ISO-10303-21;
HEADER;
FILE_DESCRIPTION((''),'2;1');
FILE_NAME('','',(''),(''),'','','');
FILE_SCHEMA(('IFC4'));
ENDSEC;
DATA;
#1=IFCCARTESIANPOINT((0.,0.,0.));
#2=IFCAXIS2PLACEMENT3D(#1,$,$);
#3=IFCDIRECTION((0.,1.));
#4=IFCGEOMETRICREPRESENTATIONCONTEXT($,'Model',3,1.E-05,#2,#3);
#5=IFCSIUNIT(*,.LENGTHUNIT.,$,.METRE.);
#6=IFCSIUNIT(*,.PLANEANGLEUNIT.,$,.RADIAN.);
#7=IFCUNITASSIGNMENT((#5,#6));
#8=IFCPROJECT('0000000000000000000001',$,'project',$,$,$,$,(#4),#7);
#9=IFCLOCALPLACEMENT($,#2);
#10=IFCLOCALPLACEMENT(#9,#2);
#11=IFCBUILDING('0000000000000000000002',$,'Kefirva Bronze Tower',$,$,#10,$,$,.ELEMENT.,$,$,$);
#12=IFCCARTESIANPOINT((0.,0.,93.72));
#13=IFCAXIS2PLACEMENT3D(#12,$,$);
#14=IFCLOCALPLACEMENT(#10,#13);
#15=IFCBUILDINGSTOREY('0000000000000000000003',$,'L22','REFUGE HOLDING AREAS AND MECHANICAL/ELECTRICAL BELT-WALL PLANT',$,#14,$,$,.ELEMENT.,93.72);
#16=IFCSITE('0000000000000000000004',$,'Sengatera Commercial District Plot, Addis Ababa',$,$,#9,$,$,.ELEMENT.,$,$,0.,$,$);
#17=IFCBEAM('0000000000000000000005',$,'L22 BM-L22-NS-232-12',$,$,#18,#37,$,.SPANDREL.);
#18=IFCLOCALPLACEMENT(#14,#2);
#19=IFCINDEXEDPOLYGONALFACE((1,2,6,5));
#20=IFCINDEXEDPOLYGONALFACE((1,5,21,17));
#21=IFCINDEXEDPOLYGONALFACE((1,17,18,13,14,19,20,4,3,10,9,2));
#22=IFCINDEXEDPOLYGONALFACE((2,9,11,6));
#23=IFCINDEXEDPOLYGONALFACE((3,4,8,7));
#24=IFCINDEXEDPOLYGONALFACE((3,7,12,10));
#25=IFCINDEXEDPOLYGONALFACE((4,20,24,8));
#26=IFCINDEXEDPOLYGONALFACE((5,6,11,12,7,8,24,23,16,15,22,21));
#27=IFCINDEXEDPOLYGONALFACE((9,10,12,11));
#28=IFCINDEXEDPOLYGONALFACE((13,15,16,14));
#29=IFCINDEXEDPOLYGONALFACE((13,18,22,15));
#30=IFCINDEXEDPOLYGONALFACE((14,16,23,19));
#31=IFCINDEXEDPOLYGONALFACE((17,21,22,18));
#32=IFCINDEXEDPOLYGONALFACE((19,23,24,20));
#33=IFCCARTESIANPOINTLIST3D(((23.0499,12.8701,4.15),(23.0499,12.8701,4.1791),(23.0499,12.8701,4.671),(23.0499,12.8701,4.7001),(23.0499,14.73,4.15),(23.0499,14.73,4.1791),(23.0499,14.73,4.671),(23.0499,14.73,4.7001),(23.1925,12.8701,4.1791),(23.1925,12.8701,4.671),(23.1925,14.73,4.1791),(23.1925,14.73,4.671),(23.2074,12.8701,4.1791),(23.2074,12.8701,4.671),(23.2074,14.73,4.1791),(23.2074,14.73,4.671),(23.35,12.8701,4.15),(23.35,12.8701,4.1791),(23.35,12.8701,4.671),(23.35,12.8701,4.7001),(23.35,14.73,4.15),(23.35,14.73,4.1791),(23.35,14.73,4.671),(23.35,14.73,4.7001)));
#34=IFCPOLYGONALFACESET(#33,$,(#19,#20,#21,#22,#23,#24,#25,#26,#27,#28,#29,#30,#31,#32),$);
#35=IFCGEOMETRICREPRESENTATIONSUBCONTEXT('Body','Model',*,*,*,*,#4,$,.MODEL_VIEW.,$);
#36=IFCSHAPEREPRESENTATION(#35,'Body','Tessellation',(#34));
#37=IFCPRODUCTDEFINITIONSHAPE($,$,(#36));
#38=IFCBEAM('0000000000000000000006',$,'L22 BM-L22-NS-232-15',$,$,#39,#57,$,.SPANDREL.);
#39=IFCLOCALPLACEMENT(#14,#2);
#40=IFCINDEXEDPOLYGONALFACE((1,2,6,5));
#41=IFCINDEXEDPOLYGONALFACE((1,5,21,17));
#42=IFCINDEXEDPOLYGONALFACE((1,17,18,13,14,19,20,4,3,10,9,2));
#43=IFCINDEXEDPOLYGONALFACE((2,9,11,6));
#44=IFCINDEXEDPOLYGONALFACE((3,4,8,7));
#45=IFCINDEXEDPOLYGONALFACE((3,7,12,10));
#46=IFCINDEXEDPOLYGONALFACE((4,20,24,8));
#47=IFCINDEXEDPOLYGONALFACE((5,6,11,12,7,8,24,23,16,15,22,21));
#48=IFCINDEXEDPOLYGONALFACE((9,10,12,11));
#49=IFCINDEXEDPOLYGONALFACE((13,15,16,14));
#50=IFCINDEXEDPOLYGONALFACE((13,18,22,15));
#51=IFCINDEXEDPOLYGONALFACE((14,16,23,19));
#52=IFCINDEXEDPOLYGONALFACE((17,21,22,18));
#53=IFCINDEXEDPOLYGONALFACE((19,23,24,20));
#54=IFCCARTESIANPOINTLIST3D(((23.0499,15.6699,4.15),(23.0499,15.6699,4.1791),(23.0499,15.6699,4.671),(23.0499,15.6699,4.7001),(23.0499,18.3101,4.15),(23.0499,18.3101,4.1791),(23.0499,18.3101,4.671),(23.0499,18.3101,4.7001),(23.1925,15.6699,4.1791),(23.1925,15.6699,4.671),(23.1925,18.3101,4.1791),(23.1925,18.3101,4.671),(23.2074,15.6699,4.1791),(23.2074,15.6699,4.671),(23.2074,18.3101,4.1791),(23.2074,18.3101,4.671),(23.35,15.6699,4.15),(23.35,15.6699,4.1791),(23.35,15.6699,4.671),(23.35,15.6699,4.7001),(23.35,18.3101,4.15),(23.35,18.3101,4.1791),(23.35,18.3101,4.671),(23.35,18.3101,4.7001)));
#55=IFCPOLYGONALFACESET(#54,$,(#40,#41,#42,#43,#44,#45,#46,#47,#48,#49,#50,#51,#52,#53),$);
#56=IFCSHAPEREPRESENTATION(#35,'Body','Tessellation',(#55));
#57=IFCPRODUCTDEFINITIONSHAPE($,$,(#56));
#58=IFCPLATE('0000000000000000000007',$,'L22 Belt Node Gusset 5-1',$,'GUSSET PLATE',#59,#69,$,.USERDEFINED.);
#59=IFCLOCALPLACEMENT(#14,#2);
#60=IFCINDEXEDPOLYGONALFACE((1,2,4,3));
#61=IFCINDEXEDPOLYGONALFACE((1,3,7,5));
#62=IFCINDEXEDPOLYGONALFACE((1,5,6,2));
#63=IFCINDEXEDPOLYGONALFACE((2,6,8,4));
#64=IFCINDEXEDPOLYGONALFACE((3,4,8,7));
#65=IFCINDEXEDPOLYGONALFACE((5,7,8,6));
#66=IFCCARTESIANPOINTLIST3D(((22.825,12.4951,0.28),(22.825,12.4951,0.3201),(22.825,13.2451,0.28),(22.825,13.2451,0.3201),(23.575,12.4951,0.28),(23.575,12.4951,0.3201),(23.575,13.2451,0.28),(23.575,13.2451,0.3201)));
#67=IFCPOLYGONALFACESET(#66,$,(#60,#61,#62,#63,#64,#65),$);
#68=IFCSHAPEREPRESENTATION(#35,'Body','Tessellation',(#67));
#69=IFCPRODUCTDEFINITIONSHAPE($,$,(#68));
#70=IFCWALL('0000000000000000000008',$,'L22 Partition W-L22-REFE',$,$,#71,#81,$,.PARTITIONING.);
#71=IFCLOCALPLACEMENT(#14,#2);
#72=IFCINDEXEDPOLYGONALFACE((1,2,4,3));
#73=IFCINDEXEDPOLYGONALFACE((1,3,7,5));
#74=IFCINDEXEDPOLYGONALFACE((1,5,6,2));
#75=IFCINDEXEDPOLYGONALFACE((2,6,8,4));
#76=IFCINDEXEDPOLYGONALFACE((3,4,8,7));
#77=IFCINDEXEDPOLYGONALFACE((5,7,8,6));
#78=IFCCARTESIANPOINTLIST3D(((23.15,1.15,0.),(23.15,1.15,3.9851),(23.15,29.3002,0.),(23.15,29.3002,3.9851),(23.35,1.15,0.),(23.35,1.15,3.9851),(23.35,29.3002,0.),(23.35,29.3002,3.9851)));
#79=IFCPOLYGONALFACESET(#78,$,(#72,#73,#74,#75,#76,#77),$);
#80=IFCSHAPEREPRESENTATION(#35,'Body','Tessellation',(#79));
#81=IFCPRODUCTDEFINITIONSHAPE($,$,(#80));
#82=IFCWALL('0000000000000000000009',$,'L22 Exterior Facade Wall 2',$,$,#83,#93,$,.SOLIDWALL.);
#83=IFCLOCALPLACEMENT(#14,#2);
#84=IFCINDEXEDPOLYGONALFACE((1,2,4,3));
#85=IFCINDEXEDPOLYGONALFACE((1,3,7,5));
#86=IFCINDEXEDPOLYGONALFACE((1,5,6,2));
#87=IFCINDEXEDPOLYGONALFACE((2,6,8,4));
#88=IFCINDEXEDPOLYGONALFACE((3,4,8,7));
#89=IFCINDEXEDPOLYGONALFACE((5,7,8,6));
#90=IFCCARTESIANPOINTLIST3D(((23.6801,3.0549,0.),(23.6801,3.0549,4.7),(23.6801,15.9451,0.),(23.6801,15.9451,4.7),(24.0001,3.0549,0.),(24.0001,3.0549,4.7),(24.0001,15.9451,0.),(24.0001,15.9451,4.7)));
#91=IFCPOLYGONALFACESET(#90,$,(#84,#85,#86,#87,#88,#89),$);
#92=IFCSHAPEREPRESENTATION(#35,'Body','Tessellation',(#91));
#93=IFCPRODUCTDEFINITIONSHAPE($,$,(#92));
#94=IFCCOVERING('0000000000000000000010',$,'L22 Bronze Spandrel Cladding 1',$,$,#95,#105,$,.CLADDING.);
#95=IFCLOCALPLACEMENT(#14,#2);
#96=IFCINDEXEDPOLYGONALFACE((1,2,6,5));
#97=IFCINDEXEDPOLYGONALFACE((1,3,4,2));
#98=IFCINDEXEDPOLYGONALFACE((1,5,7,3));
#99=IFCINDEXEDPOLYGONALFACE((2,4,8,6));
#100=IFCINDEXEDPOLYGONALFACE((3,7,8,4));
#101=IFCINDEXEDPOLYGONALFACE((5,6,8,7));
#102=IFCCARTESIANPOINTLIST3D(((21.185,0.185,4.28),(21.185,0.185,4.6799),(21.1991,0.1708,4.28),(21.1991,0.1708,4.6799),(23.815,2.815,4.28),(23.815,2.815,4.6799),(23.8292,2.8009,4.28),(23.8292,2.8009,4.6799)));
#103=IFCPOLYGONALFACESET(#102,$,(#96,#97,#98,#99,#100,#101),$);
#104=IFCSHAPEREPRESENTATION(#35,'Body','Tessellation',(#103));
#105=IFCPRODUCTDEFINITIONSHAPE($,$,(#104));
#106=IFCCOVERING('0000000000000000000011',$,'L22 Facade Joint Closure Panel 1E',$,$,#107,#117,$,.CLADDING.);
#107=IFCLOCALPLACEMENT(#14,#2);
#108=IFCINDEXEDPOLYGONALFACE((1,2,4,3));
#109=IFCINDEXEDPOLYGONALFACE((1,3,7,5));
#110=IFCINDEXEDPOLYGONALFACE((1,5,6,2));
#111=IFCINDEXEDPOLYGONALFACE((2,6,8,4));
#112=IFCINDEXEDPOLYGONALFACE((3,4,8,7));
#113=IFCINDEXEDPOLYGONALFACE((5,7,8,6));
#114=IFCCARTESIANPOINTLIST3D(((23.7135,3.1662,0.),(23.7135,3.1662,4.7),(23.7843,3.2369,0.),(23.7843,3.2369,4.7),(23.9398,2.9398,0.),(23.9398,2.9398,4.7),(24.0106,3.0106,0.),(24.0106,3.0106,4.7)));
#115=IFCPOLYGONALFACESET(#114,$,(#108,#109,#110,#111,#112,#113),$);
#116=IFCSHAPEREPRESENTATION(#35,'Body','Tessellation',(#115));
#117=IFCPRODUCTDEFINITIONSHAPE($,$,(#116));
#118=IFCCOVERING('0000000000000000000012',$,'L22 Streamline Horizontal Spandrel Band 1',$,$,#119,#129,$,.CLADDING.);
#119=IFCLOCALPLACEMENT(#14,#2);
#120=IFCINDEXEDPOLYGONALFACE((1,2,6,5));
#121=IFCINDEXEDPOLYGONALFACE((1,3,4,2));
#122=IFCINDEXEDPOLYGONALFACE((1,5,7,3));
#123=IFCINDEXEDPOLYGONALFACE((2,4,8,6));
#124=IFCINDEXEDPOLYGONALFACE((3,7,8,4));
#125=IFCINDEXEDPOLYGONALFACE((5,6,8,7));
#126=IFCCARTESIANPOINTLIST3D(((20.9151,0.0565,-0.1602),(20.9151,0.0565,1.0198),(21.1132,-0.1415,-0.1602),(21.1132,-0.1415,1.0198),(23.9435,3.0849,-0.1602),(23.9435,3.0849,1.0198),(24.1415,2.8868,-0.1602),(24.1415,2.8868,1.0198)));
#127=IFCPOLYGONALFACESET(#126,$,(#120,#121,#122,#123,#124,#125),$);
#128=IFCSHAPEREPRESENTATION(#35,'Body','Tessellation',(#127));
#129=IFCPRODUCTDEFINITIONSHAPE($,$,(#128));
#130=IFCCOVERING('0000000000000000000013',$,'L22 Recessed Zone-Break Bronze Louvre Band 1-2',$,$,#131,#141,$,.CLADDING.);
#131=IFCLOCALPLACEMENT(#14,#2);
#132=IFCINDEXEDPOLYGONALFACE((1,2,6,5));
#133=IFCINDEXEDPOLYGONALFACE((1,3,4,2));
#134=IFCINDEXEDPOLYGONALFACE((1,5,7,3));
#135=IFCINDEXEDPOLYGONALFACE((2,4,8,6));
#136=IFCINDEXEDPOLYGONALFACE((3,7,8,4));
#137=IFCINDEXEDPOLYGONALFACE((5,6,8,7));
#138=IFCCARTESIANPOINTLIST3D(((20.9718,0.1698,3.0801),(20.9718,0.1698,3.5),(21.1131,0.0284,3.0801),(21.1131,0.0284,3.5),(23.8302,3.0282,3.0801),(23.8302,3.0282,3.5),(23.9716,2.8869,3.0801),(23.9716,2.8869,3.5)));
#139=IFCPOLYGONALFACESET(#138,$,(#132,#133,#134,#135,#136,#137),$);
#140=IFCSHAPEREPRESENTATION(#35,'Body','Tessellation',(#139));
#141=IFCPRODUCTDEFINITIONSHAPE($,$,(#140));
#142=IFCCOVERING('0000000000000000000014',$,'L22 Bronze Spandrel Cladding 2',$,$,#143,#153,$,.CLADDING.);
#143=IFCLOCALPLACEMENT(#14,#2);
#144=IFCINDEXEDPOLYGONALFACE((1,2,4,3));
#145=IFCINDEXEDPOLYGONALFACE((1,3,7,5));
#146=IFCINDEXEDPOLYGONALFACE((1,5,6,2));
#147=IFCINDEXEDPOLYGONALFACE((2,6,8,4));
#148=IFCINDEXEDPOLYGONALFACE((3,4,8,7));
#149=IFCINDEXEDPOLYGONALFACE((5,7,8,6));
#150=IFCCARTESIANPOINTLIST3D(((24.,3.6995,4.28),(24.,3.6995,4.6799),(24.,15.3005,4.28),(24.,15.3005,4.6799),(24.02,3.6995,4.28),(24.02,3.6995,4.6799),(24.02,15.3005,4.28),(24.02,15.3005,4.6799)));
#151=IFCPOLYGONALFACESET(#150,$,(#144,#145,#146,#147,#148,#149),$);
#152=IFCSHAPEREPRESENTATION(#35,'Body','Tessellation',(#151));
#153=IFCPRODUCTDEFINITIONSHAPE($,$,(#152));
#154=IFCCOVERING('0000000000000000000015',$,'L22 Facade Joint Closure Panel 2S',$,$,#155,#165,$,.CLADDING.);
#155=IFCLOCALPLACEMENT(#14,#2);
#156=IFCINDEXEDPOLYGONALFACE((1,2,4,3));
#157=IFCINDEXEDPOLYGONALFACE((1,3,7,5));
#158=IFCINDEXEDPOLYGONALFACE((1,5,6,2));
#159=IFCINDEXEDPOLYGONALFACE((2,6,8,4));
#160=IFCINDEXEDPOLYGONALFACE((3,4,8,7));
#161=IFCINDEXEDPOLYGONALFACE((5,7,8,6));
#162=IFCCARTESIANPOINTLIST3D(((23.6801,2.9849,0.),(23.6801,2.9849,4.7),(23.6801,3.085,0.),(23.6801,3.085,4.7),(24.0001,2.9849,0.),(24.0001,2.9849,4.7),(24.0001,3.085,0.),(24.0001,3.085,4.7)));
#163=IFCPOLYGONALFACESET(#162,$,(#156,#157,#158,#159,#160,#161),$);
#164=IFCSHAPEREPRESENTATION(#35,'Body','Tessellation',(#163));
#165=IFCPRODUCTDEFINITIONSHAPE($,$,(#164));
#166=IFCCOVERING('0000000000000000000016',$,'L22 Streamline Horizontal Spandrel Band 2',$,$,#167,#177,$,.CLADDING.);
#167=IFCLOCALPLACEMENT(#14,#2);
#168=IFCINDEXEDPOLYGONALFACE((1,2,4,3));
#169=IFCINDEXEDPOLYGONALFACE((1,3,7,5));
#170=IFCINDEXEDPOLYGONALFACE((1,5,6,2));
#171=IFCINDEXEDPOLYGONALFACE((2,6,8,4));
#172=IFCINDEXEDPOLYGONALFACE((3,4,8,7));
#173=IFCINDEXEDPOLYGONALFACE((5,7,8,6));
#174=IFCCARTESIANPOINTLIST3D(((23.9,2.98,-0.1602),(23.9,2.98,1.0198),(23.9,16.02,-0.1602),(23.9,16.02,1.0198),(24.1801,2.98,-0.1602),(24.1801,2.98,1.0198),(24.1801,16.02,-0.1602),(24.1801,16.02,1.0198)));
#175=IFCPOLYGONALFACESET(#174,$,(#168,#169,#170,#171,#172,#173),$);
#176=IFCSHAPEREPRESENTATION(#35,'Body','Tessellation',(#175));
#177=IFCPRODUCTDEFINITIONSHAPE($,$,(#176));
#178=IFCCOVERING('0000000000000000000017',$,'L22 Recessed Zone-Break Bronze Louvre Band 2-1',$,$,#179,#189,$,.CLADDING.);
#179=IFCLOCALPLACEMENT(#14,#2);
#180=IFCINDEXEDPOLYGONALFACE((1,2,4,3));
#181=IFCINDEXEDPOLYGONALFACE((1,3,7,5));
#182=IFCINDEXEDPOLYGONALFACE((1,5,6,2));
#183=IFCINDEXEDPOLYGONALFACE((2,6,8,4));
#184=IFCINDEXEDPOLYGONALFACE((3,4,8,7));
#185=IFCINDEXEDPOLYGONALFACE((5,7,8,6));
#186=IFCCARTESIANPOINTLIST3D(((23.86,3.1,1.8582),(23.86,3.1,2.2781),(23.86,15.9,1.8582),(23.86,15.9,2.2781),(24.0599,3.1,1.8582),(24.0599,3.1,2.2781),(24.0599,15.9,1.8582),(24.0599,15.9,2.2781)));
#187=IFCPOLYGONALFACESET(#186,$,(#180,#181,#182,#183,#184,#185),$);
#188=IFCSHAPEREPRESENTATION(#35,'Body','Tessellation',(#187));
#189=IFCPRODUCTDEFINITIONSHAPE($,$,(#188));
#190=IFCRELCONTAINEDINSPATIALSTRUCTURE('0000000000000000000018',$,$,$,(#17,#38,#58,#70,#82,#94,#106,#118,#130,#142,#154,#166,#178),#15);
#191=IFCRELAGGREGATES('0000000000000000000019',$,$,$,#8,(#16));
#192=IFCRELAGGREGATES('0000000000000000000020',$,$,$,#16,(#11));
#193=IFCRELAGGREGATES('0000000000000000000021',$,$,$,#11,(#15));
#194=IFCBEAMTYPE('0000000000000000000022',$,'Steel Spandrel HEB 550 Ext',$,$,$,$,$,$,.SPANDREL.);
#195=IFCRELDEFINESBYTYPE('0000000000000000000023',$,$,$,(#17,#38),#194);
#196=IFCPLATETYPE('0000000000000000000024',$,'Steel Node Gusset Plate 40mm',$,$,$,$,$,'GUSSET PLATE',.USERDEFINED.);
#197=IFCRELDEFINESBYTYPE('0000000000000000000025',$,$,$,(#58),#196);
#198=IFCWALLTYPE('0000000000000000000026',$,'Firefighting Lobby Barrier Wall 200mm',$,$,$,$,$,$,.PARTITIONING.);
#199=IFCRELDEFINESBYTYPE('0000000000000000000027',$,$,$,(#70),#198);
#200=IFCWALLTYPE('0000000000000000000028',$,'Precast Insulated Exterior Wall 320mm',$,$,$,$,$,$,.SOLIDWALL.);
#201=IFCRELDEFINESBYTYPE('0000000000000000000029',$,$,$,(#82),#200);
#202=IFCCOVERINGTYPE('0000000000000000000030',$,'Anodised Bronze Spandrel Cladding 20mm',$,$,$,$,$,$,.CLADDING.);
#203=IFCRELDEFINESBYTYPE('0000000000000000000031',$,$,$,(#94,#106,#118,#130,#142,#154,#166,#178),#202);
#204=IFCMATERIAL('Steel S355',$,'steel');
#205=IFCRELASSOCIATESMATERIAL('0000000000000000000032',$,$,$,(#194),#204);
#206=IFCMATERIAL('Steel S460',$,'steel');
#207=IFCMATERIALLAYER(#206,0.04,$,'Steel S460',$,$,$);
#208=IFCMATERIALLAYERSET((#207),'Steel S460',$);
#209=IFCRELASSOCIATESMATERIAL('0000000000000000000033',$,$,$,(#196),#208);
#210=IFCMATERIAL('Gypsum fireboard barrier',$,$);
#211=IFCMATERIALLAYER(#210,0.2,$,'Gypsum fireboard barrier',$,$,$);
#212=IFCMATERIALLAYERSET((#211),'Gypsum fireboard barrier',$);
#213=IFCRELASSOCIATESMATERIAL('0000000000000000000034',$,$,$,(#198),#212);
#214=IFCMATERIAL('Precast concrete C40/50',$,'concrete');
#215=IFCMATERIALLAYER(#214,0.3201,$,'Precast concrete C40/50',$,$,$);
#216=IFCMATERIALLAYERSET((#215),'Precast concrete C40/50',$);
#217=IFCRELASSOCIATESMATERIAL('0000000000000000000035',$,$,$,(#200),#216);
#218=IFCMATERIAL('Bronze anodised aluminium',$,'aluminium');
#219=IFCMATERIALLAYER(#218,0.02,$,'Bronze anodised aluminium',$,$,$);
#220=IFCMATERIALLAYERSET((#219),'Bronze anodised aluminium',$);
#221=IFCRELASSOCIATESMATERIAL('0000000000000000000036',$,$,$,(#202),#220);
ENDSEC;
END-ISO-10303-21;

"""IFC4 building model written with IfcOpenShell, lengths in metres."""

from ifc_helpers import new_model, si_unit, direction, frame, frame_2d, origin, origin_2d, place, context, subcontext, project, spatial, rectangle, i_section, extrude, material, layer, layer_set, material_profile, profile_set, type_object, element, save


model = new_model("IFC4")

# Units and contexts
model_context = context("Model", 3, precision=1e-05, world=origin(), true_north=direction((0.0, 1.0)))
body_context = subcontext(model_context, "Body", "Model", "MODEL_VIEW")
ifc_project = project(units=[si_unit("LENGTHUNIT", "METRE"), si_unit("PLANEANGLEUNIT", "RADIAN")], contexts=[model_context])

# Site, building, storey
site_placement = place(None, origin())
site = spatial("IfcSite", under=ifc_project, at=site_placement, Name="Sengatera Commercial District Plot, Addis Ababa", CompositionType="ELEMENT", RefElevation=0.0)
building_placement = place(site_placement, origin())
building = spatial("IfcBuilding", under=site, at=building_placement, Name="Kefirva Bronze Tower", CompositionType="ELEMENT")
storey_placement = place(building_placement, frame((0.0, 0.0, 93.72)))
storey = spatial("IfcBuildingStorey", under=building, at=storey_placement, Name="L22", Description="REFUGE HOLDING AREAS AND MECHANICAL/ELECTRICAL BELT-WALL PLANT", CompositionType="ELEMENT", Elevation=93.72)

# Shared definitions
ifc_material_1 = material(Name="Steel S460", Category="steel")

# Beams
ifc_material_2 = material(Name="Steel S355", Category="steel")
ifc_material_profile_1 = material_profile(ifc_material_2, i_section(OverallWidth=0.3, OverallDepth=0.55, WebThickness=0.0149, FlangeThickness=0.0291, at=origin_2d()), Name="HEB 550")
ifc_profile_set_1 = profile_set([ifc_material_profile_1], Name="Steel S355")
beam_type = type_object("IfcBeamType", Name="Steel Spandrel HEB 550 Ext", PredefinedType="SPANDREL", material=ifc_profile_set_1)
beam_1_placement = place(storey_placement, frame((23.2, 12.8701, 4.425), z_axis=(0.0, 1.0, 0.0), x_axis=(-1.0, 0.0, 0.0)))
element("IfcBeam", 1, at=beam_1_placement, inside=storey, type_object=beam_type, Name="L22 BM-L22-NS-232-12", PredefinedType="SPANDREL", context=body_context, shape_type="SweptSolid", body=[
    extrude(i_section(OverallWidth=0.3, OverallDepth=0.55, WebThickness=0.0149, FlangeThickness=0.0291, at=origin_2d()), origin(), (0.0, 0.0, 1.0), 1.8599),
])
beam_2_placement = place(storey_placement, frame((23.2, 15.6699, 4.425), z_axis=(0.0, 1.0, 0.0), x_axis=(-1.0, 0.0, 0.0)))
element("IfcBeam", 2, at=beam_2_placement, inside=storey, type_object=beam_type, Name="L22 BM-L22-NS-232-15", PredefinedType="SPANDREL", context=body_context, shape_type="SweptSolid", body=[
    extrude(i_section(OverallWidth=0.3, OverallDepth=0.55, WebThickness=0.0149, FlangeThickness=0.0291, at=origin_2d()), origin(), (0.0, 0.0, 1.0), 2.6401),
])

# Plate
ifc_layer_1 = layer(ifc_material_1, 0.04, Name="Steel S460")
ifc_layer_set_1 = layer_set([ifc_layer_1], Name="Steel S460")
plate_type = type_object("IfcPlateType", Name="Steel Node Gusset Plate 40mm", ElementType="GUSSET PLATE", PredefinedType="USERDEFINED", material=ifc_layer_set_1)
plate_placement = place(storey_placement, frame((23.2, 12.8701, 0.28), z_axis=(0.0, 0.0, 1.0), x_axis=(1.0, 0.0, 0.0)))
element("IfcPlate", 3, at=plate_placement, inside=storey, type_object=plate_type, Name="L22 Belt Node Gusset 5-1", ObjectType="GUSSET PLATE", PredefinedType="USERDEFINED", context=body_context, shape_type="SweptSolid", body=[
    extrude(rectangle(XDim=0.75, YDim=0.75, at=origin_2d()), origin(), (0.0, 0.0, 1.0), 0.04),
])

# Walls
ifc_material_3 = material(Name="Gypsum fireboard barrier")
ifc_layer_2 = layer(ifc_material_3, 0.2, Name="Gypsum fireboard barrier")
ifc_layer_set_2 = layer_set([ifc_layer_2], Name="Gypsum fireboard barrier")
wall_type_1 = type_object("IfcWallType", Name="Firefighting Lobby Barrier Wall 200mm", PredefinedType="PARTITIONING", material=ifc_layer_set_2)
wall_1_placement = place(storey_placement, frame((23.25, 1.1499, 0.0), z_axis=(0.0, 0.0, 1.0), x_axis=(0.0, 1.0, 0.0)))
element("IfcWall", 4, at=wall_1_placement, inside=storey, type_object=wall_type_1, Name="L22 Partition W-L22-REFE", PredefinedType="PARTITIONING", context=body_context, shape_type="SweptSolid", body=[
    extrude(rectangle(XDim=28.1501, YDim=0.2, at=frame_2d((14.0752, 0.0))), origin(), (0.0, 0.0, 1.0), 3.9851),
])
ifc_material_4 = material(Name="Precast concrete C40/50", Category="concrete")
ifc_layer_3 = layer(ifc_material_4, 0.3201, Name="Precast concrete C40/50")
ifc_layer_set_3 = layer_set([ifc_layer_3], Name="Precast concrete C40/50")
wall_type_2 = type_object("IfcWallType", Name="Precast Insulated Exterior Wall 320mm", PredefinedType="SOLIDWALL", material=ifc_layer_set_3)
wall_2_placement = place(storey_placement, frame((23.8401, 3.0549, 0.0), z_axis=(0.0, 0.0, 1.0), x_axis=(0.0, 1.0, 0.0)))
element("IfcWall", 5, at=wall_2_placement, inside=storey, type_object=wall_type_2, Name="L22 Exterior Facade Wall 2", PredefinedType="SOLIDWALL", context=body_context, shape_type="SweptSolid", body=[
    extrude(rectangle(XDim=12.8901, YDim=0.3201, at=frame_2d((6.4451, 0.0))), origin(), (0.0, 0.0, 1.0), 4.7),
])

# Coverings
ifc_material_5 = material(Name="Bronze anodised aluminium", Category="aluminium")
ifc_layer_4 = layer(ifc_material_5, 0.02, Name="Bronze anodised aluminium")
ifc_layer_set_4 = layer_set([ifc_layer_4], Name="Bronze anodised aluminium")
covering_type_1 = type_object("IfcCoveringType", Name="Anodised Bronze Spandrel Cladding 20mm", PredefinedType="CLADDING", material=ifc_layer_set_4)
covering_1_placement = place(storey_placement, frame((22.5071, 1.4929, 4.28), z_axis=(0.0, 0.0, 1.0), x_axis=(0.707107, 0.707107, 0.0)))
element("IfcCovering", 6, at=covering_1_placement, inside=storey, type_object=covering_type_1, Name="L22 Bronze Spandrel Cladding 1", PredefinedType="CLADDING", context=body_context, shape_type="SweptSolid", body=[
    extrude(rectangle(XDim=3.7195, YDim=0.02, at=origin_2d()), origin(), (0.0, 0.0, 1.0), 0.3999),
])
covering_2_placement = place(storey_placement, frame((23.8621, 3.0884, 0.0), z_axis=(0.0, 0.0, 1.0), x_axis=(0.707107, 0.707107, 0.0)))
element("IfcCovering", 7, at=covering_2_placement, inside=storey, type_object=covering_type_1, Name="L22 Facade Joint Closure Panel 1E", PredefinedType="CLADDING", context=body_context, shape_type="SweptSolid", body=[
    extrude(rectangle(XDim=0.1001, YDim=0.3201, at=origin_2d()), origin(), (0.0, 0.0, 1.0), 4.7),
])
covering_3_placement = place(storey_placement, frame((22.5283, 1.4717, -0.1602), z_axis=(0.0, 0.0, 1.0), x_axis=(0.707107, 0.707107, 0.0)))
element("IfcCovering", 8, at=covering_3_placement, inside=storey, type_object=covering_type_1, Name="L22 Streamline Horizontal Spandrel Band 1", PredefinedType="CLADDING", context=body_context, shape_type="SweptSolid", body=[
    extrude(rectangle(XDim=4.2827, YDim=0.28, at=origin_2d()), origin(), (0.0, 0.0, 1.0), 1.1799),
])
covering_4_placement = place(storey_placement, frame((22.4717, 1.5283, 3.0801), z_axis=(0.0, 0.0, 1.0), x_axis=(0.707107, 0.707107, 0.0)))
element("IfcCovering", 9, at=covering_4_placement, inside=storey, type_object=covering_type_1, Name="L22 Recessed Zone-Break Bronze Louvre Band 1-2", PredefinedType="CLADDING", context=body_context, shape_type="SweptSolid", body=[
    extrude(rectangle(XDim=4.0425, YDim=0.2, at=origin_2d()), origin(), (0.0, 0.0, 1.0), 0.4199),
])
covering_5_placement = place(storey_placement, frame((24.01, 9.5, 4.28), z_axis=(0.0, 0.0, 1.0), x_axis=(0.0, 1.0, 0.0)))
element("IfcCovering", 10, at=covering_5_placement, inside=storey, type_object=covering_type_1, Name="L22 Bronze Spandrel Cladding 2", PredefinedType="CLADDING", context=body_context, shape_type="SweptSolid", body=[
    extrude(rectangle(XDim=11.6011, YDim=0.02, at=origin_2d()), origin(), (0.0, 0.0, 1.0), 0.3999),
])
covering_6_placement = place(storey_placement, frame((23.8401, 3.0349, 0.0), z_axis=(0.0, 0.0, 1.0), x_axis=(0.0, 1.0, 0.0)))
element("IfcCovering", 11, at=covering_6_placement, inside=storey, type_object=covering_type_1, Name="L22 Facade Joint Closure Panel 2S", PredefinedType="CLADDING", context=body_context, shape_type="SweptSolid", body=[
    extrude(rectangle(XDim=0.1001, YDim=0.3201, at=origin_2d()), origin(), (0.0, 0.0, 1.0), 4.7),
])
covering_7_placement = place(storey_placement, frame((24.04, 9.5, -0.1602), z_axis=(0.0, 0.0, 1.0), x_axis=(0.0, 1.0, 0.0)))
element("IfcCovering", 12, at=covering_7_placement, inside=storey, type_object=covering_type_1, Name="L22 Streamline Horizontal Spandrel Band 2", PredefinedType="CLADDING", context=body_context, shape_type="SweptSolid", body=[
    extrude(rectangle(XDim=13.04, YDim=0.28, at=origin_2d()), origin(), (0.0, 0.0, 1.0), 1.1799),
])
for number, where, z_axis, x_axis, name in (
    (13, (23.96, 9.5, 1.8582), (0.0, 0.0, 1.0), (0.0, 1.0, 0.0), "L22 Recessed Zone-Break Bronze Louvre Band 2-1"),
):
    element("IfcCovering", number, at=place(storey_placement, frame(where, z_axis=z_axis, x_axis=x_axis)), inside=storey, type_object=covering_type_1, Name=name, PredefinedType="CLADDING", context=body_context, shape_type="SweptSolid", body=[
        extrude(rectangle(XDim=12.8, YDim=0.2, at=origin_2d()), origin(), (0.0, 0.0, 1.0), 0.4199),
    ])

save(model, "model.ifc")
